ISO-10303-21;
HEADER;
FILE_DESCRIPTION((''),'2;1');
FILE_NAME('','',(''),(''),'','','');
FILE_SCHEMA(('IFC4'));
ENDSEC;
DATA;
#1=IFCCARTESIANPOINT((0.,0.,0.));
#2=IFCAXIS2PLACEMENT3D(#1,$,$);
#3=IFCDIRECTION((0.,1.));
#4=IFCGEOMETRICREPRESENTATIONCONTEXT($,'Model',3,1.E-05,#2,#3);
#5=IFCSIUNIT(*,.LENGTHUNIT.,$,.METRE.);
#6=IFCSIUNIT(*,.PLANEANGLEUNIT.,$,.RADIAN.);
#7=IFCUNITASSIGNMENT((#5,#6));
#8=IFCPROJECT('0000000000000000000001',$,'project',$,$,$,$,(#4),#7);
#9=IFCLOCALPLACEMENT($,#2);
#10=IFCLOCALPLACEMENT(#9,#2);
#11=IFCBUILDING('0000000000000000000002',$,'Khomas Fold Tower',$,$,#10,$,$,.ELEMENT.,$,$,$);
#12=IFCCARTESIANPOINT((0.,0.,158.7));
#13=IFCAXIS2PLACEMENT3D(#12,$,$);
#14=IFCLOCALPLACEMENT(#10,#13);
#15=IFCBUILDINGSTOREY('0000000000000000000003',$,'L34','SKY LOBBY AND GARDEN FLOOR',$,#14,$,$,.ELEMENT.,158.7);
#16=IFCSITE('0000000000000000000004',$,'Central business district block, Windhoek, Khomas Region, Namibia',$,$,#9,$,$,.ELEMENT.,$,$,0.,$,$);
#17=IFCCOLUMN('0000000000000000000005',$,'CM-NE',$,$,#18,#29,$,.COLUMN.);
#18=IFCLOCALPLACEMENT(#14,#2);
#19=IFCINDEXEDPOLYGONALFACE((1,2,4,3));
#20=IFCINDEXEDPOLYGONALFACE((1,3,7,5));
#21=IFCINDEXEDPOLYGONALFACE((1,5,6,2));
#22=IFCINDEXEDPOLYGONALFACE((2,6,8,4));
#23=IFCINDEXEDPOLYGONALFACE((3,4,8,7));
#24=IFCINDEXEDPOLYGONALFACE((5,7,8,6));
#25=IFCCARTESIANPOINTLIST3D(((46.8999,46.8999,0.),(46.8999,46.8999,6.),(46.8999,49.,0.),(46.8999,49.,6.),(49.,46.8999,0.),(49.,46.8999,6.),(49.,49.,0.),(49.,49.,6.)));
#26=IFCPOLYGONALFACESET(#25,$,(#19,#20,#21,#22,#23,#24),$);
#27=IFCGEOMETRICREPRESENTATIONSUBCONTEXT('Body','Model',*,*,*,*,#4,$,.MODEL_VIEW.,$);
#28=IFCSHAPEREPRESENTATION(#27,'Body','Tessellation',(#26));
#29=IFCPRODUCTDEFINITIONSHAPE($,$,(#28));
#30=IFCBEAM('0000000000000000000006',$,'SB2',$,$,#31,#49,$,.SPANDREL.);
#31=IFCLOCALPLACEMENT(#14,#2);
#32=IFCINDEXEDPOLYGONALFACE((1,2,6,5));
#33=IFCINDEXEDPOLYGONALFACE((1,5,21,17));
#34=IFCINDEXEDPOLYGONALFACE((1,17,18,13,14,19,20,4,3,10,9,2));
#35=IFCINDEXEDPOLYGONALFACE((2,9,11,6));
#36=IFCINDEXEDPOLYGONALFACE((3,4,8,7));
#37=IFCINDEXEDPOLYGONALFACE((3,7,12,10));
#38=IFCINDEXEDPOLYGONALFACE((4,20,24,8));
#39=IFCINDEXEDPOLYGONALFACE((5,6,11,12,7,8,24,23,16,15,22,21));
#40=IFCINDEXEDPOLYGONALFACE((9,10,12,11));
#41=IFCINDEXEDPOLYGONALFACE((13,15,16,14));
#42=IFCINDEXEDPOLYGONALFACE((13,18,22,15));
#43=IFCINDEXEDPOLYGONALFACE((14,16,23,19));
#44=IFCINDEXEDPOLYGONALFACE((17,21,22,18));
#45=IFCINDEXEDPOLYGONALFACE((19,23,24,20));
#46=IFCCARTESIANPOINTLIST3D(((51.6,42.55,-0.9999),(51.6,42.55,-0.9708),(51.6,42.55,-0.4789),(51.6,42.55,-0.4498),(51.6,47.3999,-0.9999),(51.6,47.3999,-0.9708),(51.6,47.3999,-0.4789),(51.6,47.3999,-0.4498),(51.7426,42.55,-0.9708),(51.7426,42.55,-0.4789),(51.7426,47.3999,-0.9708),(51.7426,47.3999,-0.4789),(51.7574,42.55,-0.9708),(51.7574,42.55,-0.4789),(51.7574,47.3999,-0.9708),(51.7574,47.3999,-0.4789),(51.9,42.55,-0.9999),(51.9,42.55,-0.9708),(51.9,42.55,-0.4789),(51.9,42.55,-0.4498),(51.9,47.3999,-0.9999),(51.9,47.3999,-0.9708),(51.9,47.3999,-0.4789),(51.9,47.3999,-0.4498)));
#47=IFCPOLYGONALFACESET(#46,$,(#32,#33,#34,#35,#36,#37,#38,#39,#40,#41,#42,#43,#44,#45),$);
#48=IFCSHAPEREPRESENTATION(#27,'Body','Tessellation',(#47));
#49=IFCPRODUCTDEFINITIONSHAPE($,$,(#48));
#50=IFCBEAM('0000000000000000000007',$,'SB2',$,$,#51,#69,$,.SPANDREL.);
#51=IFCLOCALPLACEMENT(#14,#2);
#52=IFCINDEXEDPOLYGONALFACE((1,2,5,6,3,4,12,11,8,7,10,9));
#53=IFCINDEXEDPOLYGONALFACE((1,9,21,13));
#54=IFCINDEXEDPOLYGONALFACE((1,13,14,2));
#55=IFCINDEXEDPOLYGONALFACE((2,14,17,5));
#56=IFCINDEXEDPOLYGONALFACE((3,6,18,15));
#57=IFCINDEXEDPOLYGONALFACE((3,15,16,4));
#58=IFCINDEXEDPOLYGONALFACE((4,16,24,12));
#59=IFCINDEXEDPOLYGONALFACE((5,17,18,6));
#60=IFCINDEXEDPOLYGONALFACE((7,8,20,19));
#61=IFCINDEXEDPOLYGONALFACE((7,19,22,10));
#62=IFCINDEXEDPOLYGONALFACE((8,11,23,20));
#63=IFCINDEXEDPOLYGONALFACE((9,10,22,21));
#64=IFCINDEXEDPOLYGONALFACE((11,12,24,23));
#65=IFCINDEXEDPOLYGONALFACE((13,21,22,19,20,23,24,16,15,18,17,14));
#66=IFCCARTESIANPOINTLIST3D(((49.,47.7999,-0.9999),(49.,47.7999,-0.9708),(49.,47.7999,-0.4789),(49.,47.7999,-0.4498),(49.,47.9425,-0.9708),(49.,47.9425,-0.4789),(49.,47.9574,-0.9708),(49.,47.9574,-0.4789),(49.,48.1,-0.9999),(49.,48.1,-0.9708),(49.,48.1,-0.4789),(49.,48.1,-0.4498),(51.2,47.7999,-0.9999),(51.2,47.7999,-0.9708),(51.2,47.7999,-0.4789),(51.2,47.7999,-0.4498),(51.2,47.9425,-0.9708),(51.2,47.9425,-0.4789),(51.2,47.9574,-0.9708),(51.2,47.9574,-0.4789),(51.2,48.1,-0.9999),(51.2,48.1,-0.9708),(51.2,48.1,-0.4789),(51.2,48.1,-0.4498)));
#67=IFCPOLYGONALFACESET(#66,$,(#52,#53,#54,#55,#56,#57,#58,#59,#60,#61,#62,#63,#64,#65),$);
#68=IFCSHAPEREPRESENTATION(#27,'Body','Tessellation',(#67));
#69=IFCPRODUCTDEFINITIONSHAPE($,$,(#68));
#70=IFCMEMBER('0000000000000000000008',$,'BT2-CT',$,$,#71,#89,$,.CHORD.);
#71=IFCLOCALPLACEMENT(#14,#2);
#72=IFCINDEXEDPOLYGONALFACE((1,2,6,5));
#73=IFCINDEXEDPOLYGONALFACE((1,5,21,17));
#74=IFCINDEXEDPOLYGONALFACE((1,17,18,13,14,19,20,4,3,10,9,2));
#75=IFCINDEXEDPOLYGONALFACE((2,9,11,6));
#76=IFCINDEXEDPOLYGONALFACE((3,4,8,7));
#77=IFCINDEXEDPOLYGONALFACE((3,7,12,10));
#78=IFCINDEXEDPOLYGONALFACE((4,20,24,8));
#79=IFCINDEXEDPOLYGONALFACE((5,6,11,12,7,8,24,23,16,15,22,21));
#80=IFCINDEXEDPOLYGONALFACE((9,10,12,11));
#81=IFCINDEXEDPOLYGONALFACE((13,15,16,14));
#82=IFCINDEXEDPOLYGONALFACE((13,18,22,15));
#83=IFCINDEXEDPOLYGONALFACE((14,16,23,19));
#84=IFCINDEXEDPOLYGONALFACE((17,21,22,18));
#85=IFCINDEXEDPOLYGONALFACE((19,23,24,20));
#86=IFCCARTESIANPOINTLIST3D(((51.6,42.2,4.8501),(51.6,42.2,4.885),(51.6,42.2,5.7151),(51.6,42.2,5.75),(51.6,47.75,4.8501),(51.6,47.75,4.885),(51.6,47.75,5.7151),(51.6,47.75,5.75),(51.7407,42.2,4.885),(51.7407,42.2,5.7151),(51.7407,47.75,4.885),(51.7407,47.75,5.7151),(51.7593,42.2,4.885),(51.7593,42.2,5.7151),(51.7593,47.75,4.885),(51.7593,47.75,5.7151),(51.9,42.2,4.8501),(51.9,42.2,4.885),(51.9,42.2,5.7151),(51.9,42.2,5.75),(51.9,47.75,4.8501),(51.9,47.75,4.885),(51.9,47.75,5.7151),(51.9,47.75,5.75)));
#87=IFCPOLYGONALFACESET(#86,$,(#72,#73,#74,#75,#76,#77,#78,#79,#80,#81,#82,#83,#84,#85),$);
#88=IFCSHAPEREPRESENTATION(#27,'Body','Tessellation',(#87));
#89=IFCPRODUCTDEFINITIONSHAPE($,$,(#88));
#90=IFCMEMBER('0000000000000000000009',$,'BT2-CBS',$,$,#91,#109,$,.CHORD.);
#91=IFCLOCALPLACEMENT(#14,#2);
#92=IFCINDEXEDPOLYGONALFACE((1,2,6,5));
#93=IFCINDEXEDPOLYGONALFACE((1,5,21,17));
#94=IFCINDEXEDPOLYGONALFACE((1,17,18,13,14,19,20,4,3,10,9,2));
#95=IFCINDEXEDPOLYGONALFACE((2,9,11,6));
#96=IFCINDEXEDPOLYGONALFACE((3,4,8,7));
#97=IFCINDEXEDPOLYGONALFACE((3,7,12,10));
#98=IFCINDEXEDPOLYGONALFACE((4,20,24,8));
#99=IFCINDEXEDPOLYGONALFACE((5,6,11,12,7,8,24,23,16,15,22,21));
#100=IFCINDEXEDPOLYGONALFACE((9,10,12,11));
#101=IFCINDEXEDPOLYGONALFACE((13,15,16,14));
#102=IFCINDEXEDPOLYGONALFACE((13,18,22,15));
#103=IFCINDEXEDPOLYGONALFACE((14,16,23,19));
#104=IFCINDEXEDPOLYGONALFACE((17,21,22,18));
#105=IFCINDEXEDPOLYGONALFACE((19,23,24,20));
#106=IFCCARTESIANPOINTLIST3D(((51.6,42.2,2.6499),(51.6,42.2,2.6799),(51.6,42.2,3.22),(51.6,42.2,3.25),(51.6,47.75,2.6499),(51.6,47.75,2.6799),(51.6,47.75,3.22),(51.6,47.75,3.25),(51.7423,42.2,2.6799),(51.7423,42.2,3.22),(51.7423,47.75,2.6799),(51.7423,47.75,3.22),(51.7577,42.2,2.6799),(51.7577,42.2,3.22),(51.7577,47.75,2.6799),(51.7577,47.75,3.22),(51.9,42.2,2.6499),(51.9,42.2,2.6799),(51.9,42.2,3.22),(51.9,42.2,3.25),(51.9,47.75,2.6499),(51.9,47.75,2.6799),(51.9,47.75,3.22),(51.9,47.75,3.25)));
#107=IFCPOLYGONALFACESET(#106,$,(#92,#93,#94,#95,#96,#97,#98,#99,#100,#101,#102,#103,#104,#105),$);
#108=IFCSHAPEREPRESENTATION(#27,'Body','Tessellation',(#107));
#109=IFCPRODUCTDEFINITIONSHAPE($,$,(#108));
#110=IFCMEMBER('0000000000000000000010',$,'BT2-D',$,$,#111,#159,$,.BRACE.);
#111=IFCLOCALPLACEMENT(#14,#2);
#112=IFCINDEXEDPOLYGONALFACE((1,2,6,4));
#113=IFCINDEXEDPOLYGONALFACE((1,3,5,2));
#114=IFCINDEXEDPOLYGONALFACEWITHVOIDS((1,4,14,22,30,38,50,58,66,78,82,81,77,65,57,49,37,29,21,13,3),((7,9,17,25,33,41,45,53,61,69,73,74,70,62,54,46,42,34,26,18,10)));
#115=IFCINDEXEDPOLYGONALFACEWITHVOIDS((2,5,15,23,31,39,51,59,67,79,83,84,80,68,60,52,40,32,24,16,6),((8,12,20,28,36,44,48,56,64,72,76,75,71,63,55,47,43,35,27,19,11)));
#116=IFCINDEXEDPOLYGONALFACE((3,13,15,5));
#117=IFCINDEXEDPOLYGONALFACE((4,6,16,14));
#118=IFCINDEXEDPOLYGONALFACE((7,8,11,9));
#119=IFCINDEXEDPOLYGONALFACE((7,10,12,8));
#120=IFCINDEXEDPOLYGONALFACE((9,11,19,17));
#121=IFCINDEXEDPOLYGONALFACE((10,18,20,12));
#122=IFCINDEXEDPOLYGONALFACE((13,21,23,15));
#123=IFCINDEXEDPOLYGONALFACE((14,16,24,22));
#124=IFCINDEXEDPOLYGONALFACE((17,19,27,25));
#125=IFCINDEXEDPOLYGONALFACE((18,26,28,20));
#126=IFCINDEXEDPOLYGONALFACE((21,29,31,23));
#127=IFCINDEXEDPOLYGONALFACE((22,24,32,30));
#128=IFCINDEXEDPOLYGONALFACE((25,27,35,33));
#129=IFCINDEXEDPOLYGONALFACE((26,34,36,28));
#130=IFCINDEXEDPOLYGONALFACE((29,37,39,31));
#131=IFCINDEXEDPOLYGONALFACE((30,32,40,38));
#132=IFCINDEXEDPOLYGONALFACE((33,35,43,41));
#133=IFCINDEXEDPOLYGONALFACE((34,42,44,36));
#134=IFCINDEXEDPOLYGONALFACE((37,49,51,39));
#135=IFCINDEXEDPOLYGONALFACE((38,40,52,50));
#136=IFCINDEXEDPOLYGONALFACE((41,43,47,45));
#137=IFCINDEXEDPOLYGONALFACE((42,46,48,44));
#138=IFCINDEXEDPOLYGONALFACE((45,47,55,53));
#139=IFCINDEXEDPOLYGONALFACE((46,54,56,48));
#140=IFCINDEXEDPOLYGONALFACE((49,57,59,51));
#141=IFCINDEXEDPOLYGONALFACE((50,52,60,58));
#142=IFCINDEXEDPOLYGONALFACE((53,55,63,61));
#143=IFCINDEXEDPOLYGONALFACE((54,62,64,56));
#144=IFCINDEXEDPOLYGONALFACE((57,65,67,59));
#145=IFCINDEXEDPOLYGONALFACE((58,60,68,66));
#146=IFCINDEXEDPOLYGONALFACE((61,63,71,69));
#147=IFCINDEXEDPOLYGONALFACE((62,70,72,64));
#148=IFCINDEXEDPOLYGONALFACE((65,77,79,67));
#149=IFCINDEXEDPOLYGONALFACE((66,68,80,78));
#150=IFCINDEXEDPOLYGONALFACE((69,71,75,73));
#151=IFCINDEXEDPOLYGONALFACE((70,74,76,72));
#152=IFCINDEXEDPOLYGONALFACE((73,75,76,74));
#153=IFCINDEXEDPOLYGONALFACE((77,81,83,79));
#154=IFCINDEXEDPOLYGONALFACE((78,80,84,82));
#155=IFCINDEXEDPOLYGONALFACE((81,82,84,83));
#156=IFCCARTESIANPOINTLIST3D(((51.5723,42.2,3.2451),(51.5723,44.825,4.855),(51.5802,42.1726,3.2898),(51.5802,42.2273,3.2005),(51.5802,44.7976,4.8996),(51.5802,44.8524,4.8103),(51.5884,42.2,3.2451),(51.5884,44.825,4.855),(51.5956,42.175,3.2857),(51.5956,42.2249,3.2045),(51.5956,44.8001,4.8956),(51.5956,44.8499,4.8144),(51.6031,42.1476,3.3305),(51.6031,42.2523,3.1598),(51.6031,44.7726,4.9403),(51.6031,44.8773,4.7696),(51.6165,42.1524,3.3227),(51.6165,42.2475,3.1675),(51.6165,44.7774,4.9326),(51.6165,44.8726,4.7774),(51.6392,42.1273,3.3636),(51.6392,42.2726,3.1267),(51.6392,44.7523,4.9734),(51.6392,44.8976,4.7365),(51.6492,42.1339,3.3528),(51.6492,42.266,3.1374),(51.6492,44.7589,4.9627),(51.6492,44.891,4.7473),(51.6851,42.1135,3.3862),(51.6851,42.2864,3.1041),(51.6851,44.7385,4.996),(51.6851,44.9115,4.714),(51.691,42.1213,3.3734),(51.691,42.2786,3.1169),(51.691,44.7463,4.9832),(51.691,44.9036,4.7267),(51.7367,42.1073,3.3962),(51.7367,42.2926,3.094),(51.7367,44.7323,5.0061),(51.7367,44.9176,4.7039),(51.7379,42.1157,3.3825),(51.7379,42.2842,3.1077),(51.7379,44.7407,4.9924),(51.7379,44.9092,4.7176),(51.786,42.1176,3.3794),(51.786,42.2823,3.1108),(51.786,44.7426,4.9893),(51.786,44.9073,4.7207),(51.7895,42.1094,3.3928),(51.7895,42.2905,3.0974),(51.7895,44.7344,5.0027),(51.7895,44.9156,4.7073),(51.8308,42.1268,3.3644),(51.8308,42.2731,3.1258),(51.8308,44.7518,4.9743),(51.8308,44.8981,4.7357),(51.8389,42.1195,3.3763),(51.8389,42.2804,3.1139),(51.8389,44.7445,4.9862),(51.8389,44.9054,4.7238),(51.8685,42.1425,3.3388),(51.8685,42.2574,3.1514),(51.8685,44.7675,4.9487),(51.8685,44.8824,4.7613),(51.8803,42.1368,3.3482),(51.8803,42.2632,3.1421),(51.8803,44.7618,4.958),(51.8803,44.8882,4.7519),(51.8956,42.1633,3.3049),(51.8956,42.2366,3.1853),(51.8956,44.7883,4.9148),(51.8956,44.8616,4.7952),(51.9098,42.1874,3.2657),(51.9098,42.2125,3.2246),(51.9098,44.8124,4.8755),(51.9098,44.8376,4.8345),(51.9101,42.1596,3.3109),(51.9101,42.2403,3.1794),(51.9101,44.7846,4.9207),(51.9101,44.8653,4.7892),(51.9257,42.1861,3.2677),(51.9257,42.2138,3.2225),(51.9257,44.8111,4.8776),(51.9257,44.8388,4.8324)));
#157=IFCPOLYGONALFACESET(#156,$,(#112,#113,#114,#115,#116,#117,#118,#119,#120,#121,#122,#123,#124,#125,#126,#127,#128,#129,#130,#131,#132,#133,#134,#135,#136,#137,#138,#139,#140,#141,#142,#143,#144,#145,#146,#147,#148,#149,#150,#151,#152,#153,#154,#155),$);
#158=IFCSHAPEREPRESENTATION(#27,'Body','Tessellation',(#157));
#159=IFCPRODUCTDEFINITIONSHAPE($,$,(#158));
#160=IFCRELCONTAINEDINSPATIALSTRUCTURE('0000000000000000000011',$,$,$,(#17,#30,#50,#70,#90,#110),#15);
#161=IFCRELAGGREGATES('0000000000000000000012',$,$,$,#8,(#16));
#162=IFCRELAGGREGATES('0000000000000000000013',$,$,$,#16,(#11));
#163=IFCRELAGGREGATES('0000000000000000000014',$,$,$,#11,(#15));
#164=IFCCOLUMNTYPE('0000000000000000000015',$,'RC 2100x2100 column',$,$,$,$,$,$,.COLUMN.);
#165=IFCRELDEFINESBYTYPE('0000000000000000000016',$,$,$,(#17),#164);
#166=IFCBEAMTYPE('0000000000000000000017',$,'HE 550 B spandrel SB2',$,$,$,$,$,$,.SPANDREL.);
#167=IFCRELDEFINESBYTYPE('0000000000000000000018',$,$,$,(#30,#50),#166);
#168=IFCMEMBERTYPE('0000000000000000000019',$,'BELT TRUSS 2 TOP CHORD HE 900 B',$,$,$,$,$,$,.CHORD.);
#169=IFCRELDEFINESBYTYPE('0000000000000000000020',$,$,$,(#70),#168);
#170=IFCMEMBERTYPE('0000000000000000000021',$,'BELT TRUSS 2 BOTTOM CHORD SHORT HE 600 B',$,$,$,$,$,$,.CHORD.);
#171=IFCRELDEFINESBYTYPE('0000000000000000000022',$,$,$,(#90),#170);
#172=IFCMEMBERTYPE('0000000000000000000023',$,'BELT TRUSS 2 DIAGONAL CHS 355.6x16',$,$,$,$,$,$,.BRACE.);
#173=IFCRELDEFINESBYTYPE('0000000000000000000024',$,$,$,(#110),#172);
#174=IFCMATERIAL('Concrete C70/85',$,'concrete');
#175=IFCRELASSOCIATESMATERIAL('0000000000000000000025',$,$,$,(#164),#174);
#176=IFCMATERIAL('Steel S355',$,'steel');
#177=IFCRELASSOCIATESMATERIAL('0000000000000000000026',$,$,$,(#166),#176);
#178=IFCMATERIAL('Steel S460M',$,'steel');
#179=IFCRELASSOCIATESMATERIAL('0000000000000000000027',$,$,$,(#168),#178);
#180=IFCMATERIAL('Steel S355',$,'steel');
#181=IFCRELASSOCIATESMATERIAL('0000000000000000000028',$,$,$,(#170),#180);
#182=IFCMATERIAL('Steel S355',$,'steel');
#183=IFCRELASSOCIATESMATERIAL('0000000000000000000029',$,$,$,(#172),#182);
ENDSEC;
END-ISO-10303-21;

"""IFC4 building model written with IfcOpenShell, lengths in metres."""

from ifc_helpers import new_model, si_unit, direction, frame, origin, origin_2d, place, context, subcontext, project, spatial, rectangle, hollow_circle, i_section, extrude, source, transform, mapped, material, material_profile, profile_set, type_object, element, save


model = new_model("IFC4")

# Units and contexts
model_context = context("Model", 3, precision=1e-05, world=origin(), true_north=direction((0.0, 1.0)))
body_context = subcontext(model_context, "Body", "Model", "MODEL_VIEW")
ifc_project = project(units=[si_unit("LENGTHUNIT", "METRE"), si_unit("PLANEANGLEUNIT", "RADIAN")], contexts=[model_context])

# Site, building, storey
site_placement = place(None, origin())
site = spatial("IfcSite", under=ifc_project, at=site_placement, Name="Central business district block, Windhoek, Khomas Region, Namibia", CompositionType="ELEMENT", RefElevation=0.0)
building_placement = place(site_placement, origin())
building = spatial("IfcBuilding", under=site, at=building_placement, Name="Khomas Fold Tower", CompositionType="ELEMENT")
storey_placement = place(building_placement, frame((0.0, 0.0, 158.7)))
storey = spatial("IfcBuildingStorey", under=building, at=storey_placement, Name="L34", Description="SKY LOBBY AND GARDEN FLOOR", CompositionType="ELEMENT", Elevation=158.7)

# Column
ifc_material_1 = material(Name="Concrete C70/85", Category="concrete")
ifc_material_profile_1 = material_profile(ifc_material_1, rectangle(XDim=2.1001, YDim=2.1001, at=origin_2d()), Name="RC 2100x2100")
ifc_profile_set_1 = profile_set([ifc_material_profile_1], Name="Concrete C70/85")
column_type = type_object("IfcColumnType", Name="RC 2100x2100 column", PredefinedType="COLUMN", material=ifc_profile_set_1)
shared_shape_1 = source(origin(), body_context, "Body", "SweptSolid", [
    extrude(rectangle(XDim=2.1001, YDim=2.1001, at=origin_2d()), origin(), (0.0, 0.0, 1.0), 6.0),
])
column_placement = place(storey_placement, frame((47.95, 47.95, 0.0), z_axis=(0.0, 0.0, 1.0), x_axis=(1.0, 0.0, 0.0)))
element("IfcColumn", 1, at=column_placement, inside=storey, type_object=column_type, Name="CM-NE", PredefinedType="COLUMN", context=body_context, shape_type="MappedRepresentation", body=[
    mapped(shared_shape_1, transform((0.0, 0.0, 0.0))),
])

# Beams
ifc_material_2 = material(Name="Steel S355", Category="steel")
ifc_material_profile_2 = material_profile(ifc_material_2, i_section(OverallWidth=0.3, OverallDepth=0.55, WebThickness=0.0149, FlangeThickness=0.0291, at=origin_2d()), Name="HE 550 B")
ifc_profile_set_2 = profile_set([ifc_material_profile_2], Name="Steel S355")
beam_type_1 = type_object("IfcBeamType", Name="HE 550 B spandrel SB2", PredefinedType="SPANDREL", material=ifc_profile_set_2)
shared_shape_2 = source(origin(), body_context, "Body", "SweptSolid", [
    extrude(i_section(OverallWidth=0.3, OverallDepth=0.55, WebThickness=0.0149, FlangeThickness=0.0291, at=origin_2d()), origin(), (0.0, 0.0, 1.0), 4.8499),
])
beam_1_placement = place(storey_placement, frame((51.75, 42.55, -0.7249), z_axis=(0.0, 1.0, 0.0), x_axis=(-1.0, 0.0, 0.0)))
element("IfcBeam", 2, at=beam_1_placement, inside=storey, type_object=beam_type_1, Name="SB2", PredefinedType="SPANDREL", context=body_context, shape_type="MappedRepresentation", body=[
    mapped(shared_shape_2, transform((0.0, 0.0, 0.0))),
])
shared_shape_3 = source(origin(), body_context, "Body", "SweptSolid", [
    extrude(i_section(OverallWidth=0.3, OverallDepth=0.55, WebThickness=0.0149, FlangeThickness=0.0291, at=origin_2d()), origin(), (0.0, 0.0, 1.0), 2.2),
])
beam_2_placement = place(storey_placement, frame((49.0, 47.95, -0.7249), z_axis=(1.0, 0.0, 0.0), x_axis=(0.0, 1.0, 0.0)))
element("IfcBeam", 3, at=beam_2_placement, inside=storey, type_object=beam_type_1, Name="SB2", PredefinedType="SPANDREL", context=body_context, shape_type="MappedRepresentation", body=[
    mapped(shared_shape_3, transform((0.0, 0.0, 0.0))),
])

# Members
ifc_material_3 = material(Name="Steel S460M", Category="steel")
ifc_material_profile_3 = material_profile(ifc_material_3, i_section(OverallWidth=0.3, OverallDepth=0.8999, WebThickness=0.0186, FlangeThickness=0.0349, at=origin_2d()), Name="HE 900 B")
ifc_profile_set_3 = profile_set([ifc_material_profile_3], Name="Steel S460M")
member_type_1 = type_object("IfcMemberType", Name="BELT TRUSS 2 TOP CHORD HE 900 B", PredefinedType="CHORD", material=ifc_profile_set_3)
shared_shape_4 = source(origin(), body_context, "Body", "SweptSolid", [
    extrude(i_section(OverallWidth=0.3, OverallDepth=0.8999, WebThickness=0.0186, FlangeThickness=0.0349, at=origin_2d()), origin(), (0.0, 0.0, 1.0), 5.55),
])
member_1_placement = place(storey_placement, frame((51.75, 42.2, 5.3), z_axis=(0.0, 1.0, 0.0), x_axis=(-1.0, 0.0, 0.0)))
element("IfcMember", 4, at=member_1_placement, inside=storey, type_object=member_type_1, Name="BT2-CT", PredefinedType="CHORD", context=body_context, shape_type="MappedRepresentation", body=[
    mapped(shared_shape_4, transform((0.0, 0.0, 0.0))),
])
ifc_material_4 = material(Name="Steel S355", Category="steel")
ifc_material_profile_4 = material_profile(ifc_material_4, i_section(OverallWidth=0.3, OverallDepth=0.6001, WebThickness=0.0154, FlangeThickness=0.03, at=origin_2d()), Name="HE 600 B")
ifc_profile_set_4 = profile_set([ifc_material_profile_4], Name="Steel S355")
member_type_2 = type_object("IfcMemberType", Name="BELT TRUSS 2 BOTTOM CHORD SHORT HE 600 B", PredefinedType="CHORD", material=ifc_profile_set_4)
shared_shape_5 = source(origin(), body_context, "Body", "SweptSolid", [
    extrude(i_section(OverallWidth=0.3, OverallDepth=0.6001, WebThickness=0.0154, FlangeThickness=0.03, at=origin_2d()), origin(), (0.0, 0.0, 1.0), 5.55),
])
member_2_placement = place(storey_placement, frame((51.75, 42.2, 2.95), z_axis=(0.0, 1.0, 0.0), x_axis=(-1.0, 0.0, 0.0)))
element("IfcMember", 5, at=member_2_placement, inside=storey, type_object=member_type_2, Name="BT2-CBS", PredefinedType="CHORD", context=body_context, shape_type="MappedRepresentation", body=[
    mapped(shared_shape_5, transform((0.0, 0.0, 0.0))),
])
ifc_material_5 = material(Name="Steel S355", Category="steel")
ifc_material_profile_5 = material_profile(ifc_material_5, hollow_circle(Radius=0.1777, WallThickness=0.0161, at=origin_2d()), Name="CHS 355.6x16")
ifc_profile_set_5 = profile_set([ifc_material_profile_5], Name="Steel S355")
member_type_3 = type_object("IfcMemberType", Name="BELT TRUSS 2 DIAGONAL CHS 355.6x16", PredefinedType="BRACE", material=ifc_profile_set_5)
shared_shape_6 = source(origin(), body_context, "Body", "SweptSolid", [
    extrude(hollow_circle(Radius=0.1777, WallThickness=0.0161, at=origin_2d()), origin(), (0.0, 0.0, 1.0), 3.0793),
])
for number, where, z_axis, x_axis, name in (
    (6, (51.75, 42.2, 3.2451), (0.0, 0.852458, 0.522796), (-1.0, 0.0, 0.0), "BT2-D"),
):
    element("IfcMember", number, at=place(storey_placement, frame(where, z_axis=z_axis, x_axis=x_axis)), inside=storey, type_object=member_type_3, Name=name, PredefinedType="BRACE", context=body_context, shape_type="MappedRepresentation", body=[
        mapped(shared_shape_6, transform((0.0, 0.0, 0.0))),
    ])

save(model, "model.ifc")
